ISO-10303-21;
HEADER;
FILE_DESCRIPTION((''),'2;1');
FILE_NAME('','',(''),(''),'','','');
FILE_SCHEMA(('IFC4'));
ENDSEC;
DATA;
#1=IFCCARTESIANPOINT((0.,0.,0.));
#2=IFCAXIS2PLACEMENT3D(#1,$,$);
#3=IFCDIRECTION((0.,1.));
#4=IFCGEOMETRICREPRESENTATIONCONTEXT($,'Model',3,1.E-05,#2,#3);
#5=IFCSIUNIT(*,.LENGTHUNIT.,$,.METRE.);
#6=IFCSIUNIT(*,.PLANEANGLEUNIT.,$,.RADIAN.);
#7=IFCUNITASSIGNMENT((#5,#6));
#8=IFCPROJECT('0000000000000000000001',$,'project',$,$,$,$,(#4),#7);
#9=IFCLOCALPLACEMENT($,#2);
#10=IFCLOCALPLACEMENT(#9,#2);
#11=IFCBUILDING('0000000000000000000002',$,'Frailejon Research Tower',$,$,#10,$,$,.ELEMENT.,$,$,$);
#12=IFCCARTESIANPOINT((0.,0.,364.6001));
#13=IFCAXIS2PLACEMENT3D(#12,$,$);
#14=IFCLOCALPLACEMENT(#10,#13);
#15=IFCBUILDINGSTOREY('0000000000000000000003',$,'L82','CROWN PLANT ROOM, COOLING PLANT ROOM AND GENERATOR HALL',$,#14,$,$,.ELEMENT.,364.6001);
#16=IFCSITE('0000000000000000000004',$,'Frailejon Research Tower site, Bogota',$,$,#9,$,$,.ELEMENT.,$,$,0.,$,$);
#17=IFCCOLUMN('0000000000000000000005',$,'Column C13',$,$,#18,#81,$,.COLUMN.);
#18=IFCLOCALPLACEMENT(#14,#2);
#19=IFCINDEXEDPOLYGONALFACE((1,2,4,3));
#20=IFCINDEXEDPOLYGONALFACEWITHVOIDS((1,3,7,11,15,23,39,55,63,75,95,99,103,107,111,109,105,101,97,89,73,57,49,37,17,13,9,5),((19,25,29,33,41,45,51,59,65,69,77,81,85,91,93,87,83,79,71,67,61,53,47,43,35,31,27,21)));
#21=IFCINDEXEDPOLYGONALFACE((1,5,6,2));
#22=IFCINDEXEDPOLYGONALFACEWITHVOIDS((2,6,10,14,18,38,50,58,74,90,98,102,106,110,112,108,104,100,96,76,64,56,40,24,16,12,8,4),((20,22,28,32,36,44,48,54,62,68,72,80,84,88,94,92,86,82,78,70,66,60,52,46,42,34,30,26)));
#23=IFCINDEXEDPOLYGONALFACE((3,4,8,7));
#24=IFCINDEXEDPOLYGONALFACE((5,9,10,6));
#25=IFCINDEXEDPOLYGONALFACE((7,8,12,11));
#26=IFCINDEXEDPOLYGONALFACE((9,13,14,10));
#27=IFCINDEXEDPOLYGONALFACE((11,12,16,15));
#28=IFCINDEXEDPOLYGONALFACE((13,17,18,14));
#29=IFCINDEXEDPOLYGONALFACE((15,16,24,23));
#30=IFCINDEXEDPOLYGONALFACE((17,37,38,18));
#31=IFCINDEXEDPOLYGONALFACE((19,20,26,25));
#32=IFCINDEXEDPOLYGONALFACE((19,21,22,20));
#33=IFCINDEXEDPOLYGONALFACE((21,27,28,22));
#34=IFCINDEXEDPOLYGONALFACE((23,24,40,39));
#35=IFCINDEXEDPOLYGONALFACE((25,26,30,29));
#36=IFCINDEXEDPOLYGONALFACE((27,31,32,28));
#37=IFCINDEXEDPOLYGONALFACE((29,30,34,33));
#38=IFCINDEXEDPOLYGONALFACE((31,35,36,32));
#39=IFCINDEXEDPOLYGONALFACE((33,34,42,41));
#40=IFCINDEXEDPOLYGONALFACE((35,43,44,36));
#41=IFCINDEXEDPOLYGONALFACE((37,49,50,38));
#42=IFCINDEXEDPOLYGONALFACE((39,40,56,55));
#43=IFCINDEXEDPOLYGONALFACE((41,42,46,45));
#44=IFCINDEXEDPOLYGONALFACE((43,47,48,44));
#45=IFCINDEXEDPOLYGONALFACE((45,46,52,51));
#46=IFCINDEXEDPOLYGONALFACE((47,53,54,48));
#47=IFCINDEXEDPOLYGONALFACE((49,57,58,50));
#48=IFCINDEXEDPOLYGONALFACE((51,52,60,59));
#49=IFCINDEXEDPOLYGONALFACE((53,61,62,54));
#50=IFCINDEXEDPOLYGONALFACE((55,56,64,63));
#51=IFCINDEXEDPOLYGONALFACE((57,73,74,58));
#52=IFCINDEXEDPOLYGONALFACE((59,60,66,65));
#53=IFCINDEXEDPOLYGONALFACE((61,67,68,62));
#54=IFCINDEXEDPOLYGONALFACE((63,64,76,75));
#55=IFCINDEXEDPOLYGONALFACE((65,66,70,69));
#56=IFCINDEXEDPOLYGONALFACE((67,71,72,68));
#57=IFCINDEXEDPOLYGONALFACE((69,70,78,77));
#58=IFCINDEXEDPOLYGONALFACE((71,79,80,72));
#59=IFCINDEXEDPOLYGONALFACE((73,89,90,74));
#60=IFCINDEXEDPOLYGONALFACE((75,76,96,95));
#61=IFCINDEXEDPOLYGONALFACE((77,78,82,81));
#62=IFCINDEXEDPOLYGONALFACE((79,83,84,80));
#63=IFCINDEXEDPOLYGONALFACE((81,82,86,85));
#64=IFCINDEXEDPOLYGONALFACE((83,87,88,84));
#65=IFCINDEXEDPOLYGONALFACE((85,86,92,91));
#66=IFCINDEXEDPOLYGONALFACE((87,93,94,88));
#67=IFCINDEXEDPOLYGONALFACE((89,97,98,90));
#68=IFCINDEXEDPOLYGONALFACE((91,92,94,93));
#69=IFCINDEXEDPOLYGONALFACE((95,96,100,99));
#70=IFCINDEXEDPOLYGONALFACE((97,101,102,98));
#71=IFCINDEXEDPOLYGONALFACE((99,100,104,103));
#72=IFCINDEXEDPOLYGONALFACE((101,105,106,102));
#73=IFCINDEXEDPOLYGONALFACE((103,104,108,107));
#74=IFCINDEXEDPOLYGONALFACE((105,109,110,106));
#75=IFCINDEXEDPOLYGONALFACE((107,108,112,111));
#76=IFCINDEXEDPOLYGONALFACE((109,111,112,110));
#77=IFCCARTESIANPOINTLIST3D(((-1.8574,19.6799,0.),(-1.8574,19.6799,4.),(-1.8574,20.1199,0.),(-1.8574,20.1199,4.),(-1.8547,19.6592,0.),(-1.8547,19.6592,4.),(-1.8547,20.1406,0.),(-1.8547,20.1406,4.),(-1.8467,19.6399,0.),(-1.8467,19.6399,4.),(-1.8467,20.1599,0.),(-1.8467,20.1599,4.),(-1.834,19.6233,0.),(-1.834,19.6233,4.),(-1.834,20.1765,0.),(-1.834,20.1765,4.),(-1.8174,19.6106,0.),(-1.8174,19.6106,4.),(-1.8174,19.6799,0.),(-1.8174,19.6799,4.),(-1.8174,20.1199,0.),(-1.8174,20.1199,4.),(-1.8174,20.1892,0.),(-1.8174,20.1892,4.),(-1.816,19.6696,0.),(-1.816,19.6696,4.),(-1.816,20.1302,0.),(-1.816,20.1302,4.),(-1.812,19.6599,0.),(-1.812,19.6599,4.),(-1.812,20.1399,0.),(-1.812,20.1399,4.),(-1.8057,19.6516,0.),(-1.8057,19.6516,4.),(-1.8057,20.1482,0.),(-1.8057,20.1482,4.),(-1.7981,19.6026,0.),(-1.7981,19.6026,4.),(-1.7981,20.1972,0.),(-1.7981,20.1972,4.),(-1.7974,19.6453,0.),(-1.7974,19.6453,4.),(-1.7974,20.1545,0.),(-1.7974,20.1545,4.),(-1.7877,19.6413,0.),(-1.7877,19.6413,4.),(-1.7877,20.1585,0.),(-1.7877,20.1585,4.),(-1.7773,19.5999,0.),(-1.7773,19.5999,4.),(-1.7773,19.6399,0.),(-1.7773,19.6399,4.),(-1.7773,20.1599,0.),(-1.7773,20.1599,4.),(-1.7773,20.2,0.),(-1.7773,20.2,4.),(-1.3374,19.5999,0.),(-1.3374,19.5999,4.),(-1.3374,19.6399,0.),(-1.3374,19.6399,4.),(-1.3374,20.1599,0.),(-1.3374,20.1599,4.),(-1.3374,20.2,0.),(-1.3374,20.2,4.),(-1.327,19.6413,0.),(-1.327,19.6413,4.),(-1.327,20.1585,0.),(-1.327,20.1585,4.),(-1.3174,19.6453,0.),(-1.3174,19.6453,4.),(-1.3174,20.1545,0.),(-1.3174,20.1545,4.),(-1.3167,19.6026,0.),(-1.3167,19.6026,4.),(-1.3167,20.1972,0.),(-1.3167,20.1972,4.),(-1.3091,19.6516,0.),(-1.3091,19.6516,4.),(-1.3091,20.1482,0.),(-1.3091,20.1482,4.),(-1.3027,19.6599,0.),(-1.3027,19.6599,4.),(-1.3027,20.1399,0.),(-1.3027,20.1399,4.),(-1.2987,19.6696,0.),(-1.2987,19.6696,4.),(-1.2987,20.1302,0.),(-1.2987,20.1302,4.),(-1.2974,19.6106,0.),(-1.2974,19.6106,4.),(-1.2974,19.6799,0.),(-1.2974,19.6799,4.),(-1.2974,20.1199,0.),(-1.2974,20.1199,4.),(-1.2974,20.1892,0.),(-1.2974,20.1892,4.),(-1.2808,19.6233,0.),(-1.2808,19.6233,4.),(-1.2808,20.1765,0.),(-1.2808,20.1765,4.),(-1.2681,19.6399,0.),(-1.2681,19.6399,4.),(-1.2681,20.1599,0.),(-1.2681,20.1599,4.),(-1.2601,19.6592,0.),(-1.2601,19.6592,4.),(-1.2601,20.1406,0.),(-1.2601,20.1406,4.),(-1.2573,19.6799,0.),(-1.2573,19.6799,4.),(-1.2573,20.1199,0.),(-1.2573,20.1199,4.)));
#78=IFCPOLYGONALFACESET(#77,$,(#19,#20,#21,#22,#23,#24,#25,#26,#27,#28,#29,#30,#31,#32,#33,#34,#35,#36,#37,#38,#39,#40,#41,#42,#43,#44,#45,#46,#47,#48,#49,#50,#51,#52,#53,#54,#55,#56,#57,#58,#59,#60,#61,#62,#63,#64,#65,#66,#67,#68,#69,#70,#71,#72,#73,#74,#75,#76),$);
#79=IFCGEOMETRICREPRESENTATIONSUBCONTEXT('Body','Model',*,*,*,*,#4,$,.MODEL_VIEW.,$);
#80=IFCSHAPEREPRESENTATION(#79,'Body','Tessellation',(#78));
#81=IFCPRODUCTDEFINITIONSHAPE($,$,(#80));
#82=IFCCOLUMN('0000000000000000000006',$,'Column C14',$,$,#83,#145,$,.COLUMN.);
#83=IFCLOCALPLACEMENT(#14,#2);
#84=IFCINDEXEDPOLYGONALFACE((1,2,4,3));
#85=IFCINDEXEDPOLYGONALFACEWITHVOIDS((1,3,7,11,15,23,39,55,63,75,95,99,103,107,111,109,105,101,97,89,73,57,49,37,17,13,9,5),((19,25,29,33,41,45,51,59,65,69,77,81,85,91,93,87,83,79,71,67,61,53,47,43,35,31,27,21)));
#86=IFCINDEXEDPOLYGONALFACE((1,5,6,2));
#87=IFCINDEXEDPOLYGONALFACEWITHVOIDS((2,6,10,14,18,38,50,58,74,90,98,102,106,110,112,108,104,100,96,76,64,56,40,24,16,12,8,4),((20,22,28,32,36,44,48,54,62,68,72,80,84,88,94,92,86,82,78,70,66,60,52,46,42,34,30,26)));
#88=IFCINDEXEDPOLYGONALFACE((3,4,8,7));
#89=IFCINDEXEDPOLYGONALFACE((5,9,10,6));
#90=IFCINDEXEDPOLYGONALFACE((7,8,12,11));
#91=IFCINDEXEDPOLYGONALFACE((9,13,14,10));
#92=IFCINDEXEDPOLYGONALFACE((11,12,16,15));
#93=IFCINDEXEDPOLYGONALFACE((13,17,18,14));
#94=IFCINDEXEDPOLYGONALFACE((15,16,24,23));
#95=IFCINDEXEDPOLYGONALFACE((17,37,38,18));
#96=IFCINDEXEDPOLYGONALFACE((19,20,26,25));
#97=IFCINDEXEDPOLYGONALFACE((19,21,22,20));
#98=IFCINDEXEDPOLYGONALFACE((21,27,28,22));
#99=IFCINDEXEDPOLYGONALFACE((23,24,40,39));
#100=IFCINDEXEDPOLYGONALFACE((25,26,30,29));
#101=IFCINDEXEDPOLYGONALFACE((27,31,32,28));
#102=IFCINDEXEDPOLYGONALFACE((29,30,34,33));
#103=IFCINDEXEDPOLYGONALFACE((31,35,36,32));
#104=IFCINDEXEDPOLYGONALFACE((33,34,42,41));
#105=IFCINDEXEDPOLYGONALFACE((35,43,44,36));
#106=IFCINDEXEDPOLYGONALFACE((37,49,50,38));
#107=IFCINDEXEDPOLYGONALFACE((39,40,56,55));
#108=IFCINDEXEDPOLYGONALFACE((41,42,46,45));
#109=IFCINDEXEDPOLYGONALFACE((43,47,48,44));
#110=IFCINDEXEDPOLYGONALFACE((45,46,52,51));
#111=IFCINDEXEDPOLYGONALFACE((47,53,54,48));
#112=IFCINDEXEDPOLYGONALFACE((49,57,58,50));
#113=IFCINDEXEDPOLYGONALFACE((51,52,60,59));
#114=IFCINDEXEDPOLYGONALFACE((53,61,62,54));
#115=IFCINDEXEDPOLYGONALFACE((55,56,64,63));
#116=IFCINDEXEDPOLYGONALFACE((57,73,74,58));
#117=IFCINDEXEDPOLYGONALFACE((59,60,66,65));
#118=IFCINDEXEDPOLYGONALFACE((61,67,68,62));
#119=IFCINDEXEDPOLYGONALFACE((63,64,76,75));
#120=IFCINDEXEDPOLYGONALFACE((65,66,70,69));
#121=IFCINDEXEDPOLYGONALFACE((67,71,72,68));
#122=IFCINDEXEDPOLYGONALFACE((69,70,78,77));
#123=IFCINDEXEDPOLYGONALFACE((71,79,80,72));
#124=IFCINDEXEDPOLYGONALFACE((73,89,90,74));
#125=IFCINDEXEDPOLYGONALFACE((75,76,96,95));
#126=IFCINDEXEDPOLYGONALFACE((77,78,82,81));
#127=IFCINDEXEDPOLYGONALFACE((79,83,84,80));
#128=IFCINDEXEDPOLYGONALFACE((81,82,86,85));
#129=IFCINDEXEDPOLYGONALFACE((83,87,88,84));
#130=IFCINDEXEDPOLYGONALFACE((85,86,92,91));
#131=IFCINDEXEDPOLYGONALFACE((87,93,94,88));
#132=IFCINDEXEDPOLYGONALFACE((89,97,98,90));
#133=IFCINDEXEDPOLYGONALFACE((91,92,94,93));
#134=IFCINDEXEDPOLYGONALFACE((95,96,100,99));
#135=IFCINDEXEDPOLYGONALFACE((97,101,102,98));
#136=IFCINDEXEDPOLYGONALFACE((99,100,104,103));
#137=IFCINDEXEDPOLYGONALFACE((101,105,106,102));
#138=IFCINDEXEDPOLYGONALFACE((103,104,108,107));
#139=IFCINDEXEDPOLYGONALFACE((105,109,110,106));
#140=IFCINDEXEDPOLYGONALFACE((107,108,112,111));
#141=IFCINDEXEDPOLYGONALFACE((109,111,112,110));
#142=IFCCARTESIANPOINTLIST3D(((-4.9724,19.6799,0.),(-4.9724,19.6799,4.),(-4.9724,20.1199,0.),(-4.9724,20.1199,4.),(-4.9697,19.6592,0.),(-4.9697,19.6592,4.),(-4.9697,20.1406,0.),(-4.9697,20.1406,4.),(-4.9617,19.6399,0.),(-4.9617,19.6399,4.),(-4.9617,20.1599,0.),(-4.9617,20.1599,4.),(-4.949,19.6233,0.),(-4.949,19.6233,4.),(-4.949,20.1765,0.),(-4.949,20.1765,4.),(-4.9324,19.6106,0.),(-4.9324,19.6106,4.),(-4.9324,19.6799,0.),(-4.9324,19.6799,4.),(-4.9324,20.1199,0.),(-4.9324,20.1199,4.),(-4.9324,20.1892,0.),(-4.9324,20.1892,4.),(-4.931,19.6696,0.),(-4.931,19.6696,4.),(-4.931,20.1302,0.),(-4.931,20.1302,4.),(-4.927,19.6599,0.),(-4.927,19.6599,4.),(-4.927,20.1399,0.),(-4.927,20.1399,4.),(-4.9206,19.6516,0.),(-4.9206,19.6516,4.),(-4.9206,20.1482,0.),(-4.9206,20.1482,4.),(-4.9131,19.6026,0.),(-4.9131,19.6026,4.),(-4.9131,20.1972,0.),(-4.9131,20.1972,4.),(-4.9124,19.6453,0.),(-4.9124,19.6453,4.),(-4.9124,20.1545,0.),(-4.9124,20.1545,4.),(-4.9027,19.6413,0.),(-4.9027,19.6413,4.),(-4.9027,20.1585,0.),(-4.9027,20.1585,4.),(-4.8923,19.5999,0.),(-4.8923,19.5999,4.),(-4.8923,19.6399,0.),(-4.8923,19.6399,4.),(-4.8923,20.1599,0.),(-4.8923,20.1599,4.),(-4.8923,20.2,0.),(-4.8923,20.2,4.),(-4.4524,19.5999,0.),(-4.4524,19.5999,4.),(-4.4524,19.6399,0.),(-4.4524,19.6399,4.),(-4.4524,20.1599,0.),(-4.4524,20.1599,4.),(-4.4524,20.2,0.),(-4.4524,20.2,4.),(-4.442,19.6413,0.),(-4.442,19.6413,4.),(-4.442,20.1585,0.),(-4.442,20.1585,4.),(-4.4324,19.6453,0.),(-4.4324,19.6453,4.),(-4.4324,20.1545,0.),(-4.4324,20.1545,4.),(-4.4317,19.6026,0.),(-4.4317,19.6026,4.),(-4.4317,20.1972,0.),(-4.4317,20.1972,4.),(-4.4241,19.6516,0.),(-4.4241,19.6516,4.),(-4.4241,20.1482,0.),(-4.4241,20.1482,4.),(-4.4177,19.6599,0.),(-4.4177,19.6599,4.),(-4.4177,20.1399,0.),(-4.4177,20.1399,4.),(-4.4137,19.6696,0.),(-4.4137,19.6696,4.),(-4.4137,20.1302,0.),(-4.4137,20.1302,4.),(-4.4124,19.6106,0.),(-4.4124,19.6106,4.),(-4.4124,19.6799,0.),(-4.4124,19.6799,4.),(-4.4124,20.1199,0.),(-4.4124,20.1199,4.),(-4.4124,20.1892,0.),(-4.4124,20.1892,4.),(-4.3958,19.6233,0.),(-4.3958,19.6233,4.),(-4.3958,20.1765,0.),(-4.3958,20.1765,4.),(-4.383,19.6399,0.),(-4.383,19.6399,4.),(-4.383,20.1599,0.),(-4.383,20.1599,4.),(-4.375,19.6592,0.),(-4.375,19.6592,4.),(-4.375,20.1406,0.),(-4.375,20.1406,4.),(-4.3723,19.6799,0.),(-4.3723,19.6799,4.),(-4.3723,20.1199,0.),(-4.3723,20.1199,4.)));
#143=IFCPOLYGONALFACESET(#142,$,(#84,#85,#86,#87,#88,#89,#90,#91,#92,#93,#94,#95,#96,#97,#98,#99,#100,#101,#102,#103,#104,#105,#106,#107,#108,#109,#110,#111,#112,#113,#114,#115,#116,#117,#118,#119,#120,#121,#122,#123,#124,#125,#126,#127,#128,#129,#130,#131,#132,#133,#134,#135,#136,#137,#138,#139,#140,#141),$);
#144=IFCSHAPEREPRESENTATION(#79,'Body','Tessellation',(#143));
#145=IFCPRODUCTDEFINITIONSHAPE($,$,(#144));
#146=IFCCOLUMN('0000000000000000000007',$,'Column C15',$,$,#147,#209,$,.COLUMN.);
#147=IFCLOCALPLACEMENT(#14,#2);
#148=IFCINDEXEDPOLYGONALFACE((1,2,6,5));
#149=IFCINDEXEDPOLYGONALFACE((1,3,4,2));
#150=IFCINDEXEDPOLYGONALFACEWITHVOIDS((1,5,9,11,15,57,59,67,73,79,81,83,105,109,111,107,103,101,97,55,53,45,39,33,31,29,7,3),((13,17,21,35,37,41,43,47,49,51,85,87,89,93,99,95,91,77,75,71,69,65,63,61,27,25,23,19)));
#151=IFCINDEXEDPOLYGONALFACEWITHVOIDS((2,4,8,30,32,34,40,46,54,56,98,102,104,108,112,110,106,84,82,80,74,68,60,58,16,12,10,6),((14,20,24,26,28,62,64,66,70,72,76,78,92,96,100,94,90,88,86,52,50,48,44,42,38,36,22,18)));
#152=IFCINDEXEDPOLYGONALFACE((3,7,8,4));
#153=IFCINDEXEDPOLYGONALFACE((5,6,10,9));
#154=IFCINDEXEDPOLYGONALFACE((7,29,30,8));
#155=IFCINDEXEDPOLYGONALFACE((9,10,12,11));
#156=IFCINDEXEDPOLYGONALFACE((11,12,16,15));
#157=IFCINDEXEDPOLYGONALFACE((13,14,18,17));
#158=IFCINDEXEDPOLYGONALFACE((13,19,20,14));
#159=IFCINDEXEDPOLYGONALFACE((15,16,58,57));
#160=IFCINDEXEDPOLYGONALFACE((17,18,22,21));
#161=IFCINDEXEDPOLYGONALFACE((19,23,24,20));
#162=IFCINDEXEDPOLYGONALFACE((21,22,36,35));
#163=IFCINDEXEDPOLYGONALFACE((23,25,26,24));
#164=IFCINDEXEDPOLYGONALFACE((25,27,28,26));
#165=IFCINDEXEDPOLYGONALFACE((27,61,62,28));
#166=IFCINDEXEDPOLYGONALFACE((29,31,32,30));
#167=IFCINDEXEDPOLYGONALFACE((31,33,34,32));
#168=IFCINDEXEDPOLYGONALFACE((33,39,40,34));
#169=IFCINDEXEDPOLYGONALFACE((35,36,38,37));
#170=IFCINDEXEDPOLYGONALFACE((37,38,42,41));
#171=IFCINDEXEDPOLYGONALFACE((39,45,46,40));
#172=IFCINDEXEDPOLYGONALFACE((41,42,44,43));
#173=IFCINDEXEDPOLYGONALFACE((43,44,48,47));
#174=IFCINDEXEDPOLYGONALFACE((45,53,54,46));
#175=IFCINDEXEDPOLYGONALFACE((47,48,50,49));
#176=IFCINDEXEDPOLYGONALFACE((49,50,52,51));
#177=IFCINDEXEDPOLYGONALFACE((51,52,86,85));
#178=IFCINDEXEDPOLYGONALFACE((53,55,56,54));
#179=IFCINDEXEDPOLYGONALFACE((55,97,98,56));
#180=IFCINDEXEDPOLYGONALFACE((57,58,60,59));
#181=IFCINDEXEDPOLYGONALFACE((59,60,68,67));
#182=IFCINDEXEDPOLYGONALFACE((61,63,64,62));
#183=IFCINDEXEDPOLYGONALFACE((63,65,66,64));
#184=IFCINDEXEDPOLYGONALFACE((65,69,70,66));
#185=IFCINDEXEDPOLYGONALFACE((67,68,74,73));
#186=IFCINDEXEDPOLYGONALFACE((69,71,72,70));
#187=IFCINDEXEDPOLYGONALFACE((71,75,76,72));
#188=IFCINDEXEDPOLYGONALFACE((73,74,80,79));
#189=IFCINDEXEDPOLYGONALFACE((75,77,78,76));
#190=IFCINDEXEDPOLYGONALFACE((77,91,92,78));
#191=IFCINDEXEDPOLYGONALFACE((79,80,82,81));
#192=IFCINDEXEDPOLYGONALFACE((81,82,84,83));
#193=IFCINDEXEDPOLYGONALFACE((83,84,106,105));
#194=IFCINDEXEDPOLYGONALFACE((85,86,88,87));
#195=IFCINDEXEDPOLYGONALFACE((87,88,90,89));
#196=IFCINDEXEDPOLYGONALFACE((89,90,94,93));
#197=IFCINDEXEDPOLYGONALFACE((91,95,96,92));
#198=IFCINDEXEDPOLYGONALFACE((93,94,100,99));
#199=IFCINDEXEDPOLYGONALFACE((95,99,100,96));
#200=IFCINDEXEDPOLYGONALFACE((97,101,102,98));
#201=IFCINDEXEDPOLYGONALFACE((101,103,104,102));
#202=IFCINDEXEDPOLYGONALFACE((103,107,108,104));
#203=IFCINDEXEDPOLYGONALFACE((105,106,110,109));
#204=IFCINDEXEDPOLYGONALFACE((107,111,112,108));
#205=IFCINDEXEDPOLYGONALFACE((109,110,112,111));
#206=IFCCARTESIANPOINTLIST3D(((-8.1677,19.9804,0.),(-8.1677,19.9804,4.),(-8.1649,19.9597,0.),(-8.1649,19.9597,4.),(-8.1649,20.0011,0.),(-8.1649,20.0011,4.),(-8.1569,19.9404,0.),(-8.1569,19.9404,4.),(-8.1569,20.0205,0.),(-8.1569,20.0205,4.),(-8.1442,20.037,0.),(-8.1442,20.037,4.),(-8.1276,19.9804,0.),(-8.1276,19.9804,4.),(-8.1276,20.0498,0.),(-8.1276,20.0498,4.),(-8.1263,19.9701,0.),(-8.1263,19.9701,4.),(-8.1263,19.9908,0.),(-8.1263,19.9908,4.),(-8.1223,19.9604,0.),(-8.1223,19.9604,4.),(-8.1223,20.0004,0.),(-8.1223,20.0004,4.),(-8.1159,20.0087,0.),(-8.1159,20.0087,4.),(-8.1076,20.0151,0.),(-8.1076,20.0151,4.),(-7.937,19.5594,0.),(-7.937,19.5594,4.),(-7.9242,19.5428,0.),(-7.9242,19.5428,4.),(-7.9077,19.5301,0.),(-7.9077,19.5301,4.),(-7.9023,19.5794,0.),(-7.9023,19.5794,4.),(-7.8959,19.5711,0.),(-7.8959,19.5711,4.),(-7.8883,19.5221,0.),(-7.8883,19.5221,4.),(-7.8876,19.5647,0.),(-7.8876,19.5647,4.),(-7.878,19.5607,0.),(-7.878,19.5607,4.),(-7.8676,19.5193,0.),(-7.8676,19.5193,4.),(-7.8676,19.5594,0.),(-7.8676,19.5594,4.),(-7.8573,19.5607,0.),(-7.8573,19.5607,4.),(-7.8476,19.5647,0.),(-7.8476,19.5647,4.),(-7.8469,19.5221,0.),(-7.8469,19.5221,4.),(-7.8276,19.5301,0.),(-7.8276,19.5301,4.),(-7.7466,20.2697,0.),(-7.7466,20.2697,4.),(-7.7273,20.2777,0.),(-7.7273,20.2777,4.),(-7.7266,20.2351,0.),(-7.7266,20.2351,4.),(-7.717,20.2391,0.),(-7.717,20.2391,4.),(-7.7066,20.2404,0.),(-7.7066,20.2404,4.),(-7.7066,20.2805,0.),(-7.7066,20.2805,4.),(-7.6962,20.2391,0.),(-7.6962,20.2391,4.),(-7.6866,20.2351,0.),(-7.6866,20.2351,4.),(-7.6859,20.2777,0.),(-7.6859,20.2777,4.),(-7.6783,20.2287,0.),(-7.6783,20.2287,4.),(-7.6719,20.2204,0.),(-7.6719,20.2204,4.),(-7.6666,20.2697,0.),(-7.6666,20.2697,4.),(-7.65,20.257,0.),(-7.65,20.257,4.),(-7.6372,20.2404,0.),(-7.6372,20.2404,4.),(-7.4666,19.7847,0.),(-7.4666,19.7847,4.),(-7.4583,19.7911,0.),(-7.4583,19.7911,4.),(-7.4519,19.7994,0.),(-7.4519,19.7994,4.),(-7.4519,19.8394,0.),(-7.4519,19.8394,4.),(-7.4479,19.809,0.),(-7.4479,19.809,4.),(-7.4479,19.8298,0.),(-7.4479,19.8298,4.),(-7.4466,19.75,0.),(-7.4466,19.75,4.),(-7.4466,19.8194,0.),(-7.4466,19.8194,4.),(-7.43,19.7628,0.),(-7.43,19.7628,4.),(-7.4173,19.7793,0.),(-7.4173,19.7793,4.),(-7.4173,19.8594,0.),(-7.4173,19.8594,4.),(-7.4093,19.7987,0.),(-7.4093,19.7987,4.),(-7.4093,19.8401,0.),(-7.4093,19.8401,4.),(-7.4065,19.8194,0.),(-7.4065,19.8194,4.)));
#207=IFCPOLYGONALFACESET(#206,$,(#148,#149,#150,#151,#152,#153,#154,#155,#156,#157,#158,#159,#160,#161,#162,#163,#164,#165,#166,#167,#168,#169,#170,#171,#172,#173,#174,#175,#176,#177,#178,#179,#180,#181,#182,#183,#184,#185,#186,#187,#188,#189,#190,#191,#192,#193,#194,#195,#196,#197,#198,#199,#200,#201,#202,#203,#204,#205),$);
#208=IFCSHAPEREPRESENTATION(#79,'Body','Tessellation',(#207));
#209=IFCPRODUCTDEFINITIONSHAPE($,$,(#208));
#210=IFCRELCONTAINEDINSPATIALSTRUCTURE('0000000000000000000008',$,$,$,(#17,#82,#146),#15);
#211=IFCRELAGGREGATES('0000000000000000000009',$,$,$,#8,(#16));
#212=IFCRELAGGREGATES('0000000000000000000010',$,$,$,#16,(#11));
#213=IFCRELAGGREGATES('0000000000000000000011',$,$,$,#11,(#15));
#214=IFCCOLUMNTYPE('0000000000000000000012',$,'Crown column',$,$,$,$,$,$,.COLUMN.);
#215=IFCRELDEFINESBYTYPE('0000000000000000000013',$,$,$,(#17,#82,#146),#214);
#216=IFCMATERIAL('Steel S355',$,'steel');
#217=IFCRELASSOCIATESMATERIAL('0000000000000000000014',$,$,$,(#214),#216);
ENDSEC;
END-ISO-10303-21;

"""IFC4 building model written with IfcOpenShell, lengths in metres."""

from ifc_helpers import new_model, si_unit, direction, frame, origin, origin_2d, place, context, subcontext, project, spatial, hollow_rectangle, extrude, material, material_profile, profile_set, type_object, element, save


model = new_model("IFC4")

# Units and contexts
model_context = context("Model", 3, precision=1e-05, world=origin(), true_north=direction((0.0, 1.0)))
body_context = subcontext(model_context, "Body", "Model", "MODEL_VIEW")
ifc_project = project(units=[si_unit("LENGTHUNIT", "METRE"), si_unit("PLANEANGLEUNIT", "RADIAN")], contexts=[model_context])

# Site, building, storey
site_placement = place(None, origin())
site = spatial("IfcSite", under=ifc_project, at=site_placement, Name="Frailejon Research Tower site, Bogota", CompositionType="ELEMENT", RefElevation=0.0)
building_placement = place(site_placement, origin())
building = spatial("IfcBuilding", under=site, at=building_placement, Name="Frailejon Research Tower", CompositionType="ELEMENT")
storey_placement = place(building_placement, frame((0.0, 0.0, 364.6001)))
storey = spatial("IfcBuildingStorey", under=building, at=storey_placement, Name="L82", Description="CROWN PLANT ROOM, COOLING PLANT ROOM AND GENERATOR HALL", CompositionType="ELEMENT", Elevation=364.6001)

# Columns
ifc_material_1 = material(Name="Steel S355", Category="steel")
ifc_material_profile_1 = material_profile(ifc_material_1, hollow_rectangle(XDim=0.6001, YDim=0.6001, WallThickness=0.04, InnerFilletRadius=0.04, OuterFilletRadius=0.0801, at=origin_2d()), Name="Crown column")
ifc_profile_set_1 = profile_set([ifc_material_profile_1], Name="Steel S355")
column_type = type_object("IfcColumnType", Name="Crown column", PredefinedType="COLUMN", material=ifc_profile_set_1)
for number, where, z_axis, x_axis, name in (
    (1, (-1.5574, 19.8999, 0.0), (0.0, 0.0, 1.0), (-1.0, 0.0, 0.0), "Column C13"),
    (2, (-4.6724, 19.8999, 0.0), (0.0, 0.0, 1.0), (-1.0, 0.0, 0.0), "Column C14"),
    (3, (-7.7871, 19.8999, 0.0), (0.0, 0.0, 1.0), (-0.866025, -0.5, 0.0), "Column C15"),
):
    element("IfcColumn", number, at=place(storey_placement, frame(where, z_axis=z_axis, x_axis=x_axis)), inside=storey, type_object=column_type, Name=name, PredefinedType="COLUMN", context=body_context, shape_type="SweptSolid", body=[
        extrude(hollow_rectangle(XDim=0.6001, YDim=0.6001, WallThickness=0.04, InnerFilletRadius=0.04, OuterFilletRadius=0.0801, at=origin_2d()), origin(), (0.0, 0.0, 1.0), 4.0),
    ])

save(model, "model.ifc")
